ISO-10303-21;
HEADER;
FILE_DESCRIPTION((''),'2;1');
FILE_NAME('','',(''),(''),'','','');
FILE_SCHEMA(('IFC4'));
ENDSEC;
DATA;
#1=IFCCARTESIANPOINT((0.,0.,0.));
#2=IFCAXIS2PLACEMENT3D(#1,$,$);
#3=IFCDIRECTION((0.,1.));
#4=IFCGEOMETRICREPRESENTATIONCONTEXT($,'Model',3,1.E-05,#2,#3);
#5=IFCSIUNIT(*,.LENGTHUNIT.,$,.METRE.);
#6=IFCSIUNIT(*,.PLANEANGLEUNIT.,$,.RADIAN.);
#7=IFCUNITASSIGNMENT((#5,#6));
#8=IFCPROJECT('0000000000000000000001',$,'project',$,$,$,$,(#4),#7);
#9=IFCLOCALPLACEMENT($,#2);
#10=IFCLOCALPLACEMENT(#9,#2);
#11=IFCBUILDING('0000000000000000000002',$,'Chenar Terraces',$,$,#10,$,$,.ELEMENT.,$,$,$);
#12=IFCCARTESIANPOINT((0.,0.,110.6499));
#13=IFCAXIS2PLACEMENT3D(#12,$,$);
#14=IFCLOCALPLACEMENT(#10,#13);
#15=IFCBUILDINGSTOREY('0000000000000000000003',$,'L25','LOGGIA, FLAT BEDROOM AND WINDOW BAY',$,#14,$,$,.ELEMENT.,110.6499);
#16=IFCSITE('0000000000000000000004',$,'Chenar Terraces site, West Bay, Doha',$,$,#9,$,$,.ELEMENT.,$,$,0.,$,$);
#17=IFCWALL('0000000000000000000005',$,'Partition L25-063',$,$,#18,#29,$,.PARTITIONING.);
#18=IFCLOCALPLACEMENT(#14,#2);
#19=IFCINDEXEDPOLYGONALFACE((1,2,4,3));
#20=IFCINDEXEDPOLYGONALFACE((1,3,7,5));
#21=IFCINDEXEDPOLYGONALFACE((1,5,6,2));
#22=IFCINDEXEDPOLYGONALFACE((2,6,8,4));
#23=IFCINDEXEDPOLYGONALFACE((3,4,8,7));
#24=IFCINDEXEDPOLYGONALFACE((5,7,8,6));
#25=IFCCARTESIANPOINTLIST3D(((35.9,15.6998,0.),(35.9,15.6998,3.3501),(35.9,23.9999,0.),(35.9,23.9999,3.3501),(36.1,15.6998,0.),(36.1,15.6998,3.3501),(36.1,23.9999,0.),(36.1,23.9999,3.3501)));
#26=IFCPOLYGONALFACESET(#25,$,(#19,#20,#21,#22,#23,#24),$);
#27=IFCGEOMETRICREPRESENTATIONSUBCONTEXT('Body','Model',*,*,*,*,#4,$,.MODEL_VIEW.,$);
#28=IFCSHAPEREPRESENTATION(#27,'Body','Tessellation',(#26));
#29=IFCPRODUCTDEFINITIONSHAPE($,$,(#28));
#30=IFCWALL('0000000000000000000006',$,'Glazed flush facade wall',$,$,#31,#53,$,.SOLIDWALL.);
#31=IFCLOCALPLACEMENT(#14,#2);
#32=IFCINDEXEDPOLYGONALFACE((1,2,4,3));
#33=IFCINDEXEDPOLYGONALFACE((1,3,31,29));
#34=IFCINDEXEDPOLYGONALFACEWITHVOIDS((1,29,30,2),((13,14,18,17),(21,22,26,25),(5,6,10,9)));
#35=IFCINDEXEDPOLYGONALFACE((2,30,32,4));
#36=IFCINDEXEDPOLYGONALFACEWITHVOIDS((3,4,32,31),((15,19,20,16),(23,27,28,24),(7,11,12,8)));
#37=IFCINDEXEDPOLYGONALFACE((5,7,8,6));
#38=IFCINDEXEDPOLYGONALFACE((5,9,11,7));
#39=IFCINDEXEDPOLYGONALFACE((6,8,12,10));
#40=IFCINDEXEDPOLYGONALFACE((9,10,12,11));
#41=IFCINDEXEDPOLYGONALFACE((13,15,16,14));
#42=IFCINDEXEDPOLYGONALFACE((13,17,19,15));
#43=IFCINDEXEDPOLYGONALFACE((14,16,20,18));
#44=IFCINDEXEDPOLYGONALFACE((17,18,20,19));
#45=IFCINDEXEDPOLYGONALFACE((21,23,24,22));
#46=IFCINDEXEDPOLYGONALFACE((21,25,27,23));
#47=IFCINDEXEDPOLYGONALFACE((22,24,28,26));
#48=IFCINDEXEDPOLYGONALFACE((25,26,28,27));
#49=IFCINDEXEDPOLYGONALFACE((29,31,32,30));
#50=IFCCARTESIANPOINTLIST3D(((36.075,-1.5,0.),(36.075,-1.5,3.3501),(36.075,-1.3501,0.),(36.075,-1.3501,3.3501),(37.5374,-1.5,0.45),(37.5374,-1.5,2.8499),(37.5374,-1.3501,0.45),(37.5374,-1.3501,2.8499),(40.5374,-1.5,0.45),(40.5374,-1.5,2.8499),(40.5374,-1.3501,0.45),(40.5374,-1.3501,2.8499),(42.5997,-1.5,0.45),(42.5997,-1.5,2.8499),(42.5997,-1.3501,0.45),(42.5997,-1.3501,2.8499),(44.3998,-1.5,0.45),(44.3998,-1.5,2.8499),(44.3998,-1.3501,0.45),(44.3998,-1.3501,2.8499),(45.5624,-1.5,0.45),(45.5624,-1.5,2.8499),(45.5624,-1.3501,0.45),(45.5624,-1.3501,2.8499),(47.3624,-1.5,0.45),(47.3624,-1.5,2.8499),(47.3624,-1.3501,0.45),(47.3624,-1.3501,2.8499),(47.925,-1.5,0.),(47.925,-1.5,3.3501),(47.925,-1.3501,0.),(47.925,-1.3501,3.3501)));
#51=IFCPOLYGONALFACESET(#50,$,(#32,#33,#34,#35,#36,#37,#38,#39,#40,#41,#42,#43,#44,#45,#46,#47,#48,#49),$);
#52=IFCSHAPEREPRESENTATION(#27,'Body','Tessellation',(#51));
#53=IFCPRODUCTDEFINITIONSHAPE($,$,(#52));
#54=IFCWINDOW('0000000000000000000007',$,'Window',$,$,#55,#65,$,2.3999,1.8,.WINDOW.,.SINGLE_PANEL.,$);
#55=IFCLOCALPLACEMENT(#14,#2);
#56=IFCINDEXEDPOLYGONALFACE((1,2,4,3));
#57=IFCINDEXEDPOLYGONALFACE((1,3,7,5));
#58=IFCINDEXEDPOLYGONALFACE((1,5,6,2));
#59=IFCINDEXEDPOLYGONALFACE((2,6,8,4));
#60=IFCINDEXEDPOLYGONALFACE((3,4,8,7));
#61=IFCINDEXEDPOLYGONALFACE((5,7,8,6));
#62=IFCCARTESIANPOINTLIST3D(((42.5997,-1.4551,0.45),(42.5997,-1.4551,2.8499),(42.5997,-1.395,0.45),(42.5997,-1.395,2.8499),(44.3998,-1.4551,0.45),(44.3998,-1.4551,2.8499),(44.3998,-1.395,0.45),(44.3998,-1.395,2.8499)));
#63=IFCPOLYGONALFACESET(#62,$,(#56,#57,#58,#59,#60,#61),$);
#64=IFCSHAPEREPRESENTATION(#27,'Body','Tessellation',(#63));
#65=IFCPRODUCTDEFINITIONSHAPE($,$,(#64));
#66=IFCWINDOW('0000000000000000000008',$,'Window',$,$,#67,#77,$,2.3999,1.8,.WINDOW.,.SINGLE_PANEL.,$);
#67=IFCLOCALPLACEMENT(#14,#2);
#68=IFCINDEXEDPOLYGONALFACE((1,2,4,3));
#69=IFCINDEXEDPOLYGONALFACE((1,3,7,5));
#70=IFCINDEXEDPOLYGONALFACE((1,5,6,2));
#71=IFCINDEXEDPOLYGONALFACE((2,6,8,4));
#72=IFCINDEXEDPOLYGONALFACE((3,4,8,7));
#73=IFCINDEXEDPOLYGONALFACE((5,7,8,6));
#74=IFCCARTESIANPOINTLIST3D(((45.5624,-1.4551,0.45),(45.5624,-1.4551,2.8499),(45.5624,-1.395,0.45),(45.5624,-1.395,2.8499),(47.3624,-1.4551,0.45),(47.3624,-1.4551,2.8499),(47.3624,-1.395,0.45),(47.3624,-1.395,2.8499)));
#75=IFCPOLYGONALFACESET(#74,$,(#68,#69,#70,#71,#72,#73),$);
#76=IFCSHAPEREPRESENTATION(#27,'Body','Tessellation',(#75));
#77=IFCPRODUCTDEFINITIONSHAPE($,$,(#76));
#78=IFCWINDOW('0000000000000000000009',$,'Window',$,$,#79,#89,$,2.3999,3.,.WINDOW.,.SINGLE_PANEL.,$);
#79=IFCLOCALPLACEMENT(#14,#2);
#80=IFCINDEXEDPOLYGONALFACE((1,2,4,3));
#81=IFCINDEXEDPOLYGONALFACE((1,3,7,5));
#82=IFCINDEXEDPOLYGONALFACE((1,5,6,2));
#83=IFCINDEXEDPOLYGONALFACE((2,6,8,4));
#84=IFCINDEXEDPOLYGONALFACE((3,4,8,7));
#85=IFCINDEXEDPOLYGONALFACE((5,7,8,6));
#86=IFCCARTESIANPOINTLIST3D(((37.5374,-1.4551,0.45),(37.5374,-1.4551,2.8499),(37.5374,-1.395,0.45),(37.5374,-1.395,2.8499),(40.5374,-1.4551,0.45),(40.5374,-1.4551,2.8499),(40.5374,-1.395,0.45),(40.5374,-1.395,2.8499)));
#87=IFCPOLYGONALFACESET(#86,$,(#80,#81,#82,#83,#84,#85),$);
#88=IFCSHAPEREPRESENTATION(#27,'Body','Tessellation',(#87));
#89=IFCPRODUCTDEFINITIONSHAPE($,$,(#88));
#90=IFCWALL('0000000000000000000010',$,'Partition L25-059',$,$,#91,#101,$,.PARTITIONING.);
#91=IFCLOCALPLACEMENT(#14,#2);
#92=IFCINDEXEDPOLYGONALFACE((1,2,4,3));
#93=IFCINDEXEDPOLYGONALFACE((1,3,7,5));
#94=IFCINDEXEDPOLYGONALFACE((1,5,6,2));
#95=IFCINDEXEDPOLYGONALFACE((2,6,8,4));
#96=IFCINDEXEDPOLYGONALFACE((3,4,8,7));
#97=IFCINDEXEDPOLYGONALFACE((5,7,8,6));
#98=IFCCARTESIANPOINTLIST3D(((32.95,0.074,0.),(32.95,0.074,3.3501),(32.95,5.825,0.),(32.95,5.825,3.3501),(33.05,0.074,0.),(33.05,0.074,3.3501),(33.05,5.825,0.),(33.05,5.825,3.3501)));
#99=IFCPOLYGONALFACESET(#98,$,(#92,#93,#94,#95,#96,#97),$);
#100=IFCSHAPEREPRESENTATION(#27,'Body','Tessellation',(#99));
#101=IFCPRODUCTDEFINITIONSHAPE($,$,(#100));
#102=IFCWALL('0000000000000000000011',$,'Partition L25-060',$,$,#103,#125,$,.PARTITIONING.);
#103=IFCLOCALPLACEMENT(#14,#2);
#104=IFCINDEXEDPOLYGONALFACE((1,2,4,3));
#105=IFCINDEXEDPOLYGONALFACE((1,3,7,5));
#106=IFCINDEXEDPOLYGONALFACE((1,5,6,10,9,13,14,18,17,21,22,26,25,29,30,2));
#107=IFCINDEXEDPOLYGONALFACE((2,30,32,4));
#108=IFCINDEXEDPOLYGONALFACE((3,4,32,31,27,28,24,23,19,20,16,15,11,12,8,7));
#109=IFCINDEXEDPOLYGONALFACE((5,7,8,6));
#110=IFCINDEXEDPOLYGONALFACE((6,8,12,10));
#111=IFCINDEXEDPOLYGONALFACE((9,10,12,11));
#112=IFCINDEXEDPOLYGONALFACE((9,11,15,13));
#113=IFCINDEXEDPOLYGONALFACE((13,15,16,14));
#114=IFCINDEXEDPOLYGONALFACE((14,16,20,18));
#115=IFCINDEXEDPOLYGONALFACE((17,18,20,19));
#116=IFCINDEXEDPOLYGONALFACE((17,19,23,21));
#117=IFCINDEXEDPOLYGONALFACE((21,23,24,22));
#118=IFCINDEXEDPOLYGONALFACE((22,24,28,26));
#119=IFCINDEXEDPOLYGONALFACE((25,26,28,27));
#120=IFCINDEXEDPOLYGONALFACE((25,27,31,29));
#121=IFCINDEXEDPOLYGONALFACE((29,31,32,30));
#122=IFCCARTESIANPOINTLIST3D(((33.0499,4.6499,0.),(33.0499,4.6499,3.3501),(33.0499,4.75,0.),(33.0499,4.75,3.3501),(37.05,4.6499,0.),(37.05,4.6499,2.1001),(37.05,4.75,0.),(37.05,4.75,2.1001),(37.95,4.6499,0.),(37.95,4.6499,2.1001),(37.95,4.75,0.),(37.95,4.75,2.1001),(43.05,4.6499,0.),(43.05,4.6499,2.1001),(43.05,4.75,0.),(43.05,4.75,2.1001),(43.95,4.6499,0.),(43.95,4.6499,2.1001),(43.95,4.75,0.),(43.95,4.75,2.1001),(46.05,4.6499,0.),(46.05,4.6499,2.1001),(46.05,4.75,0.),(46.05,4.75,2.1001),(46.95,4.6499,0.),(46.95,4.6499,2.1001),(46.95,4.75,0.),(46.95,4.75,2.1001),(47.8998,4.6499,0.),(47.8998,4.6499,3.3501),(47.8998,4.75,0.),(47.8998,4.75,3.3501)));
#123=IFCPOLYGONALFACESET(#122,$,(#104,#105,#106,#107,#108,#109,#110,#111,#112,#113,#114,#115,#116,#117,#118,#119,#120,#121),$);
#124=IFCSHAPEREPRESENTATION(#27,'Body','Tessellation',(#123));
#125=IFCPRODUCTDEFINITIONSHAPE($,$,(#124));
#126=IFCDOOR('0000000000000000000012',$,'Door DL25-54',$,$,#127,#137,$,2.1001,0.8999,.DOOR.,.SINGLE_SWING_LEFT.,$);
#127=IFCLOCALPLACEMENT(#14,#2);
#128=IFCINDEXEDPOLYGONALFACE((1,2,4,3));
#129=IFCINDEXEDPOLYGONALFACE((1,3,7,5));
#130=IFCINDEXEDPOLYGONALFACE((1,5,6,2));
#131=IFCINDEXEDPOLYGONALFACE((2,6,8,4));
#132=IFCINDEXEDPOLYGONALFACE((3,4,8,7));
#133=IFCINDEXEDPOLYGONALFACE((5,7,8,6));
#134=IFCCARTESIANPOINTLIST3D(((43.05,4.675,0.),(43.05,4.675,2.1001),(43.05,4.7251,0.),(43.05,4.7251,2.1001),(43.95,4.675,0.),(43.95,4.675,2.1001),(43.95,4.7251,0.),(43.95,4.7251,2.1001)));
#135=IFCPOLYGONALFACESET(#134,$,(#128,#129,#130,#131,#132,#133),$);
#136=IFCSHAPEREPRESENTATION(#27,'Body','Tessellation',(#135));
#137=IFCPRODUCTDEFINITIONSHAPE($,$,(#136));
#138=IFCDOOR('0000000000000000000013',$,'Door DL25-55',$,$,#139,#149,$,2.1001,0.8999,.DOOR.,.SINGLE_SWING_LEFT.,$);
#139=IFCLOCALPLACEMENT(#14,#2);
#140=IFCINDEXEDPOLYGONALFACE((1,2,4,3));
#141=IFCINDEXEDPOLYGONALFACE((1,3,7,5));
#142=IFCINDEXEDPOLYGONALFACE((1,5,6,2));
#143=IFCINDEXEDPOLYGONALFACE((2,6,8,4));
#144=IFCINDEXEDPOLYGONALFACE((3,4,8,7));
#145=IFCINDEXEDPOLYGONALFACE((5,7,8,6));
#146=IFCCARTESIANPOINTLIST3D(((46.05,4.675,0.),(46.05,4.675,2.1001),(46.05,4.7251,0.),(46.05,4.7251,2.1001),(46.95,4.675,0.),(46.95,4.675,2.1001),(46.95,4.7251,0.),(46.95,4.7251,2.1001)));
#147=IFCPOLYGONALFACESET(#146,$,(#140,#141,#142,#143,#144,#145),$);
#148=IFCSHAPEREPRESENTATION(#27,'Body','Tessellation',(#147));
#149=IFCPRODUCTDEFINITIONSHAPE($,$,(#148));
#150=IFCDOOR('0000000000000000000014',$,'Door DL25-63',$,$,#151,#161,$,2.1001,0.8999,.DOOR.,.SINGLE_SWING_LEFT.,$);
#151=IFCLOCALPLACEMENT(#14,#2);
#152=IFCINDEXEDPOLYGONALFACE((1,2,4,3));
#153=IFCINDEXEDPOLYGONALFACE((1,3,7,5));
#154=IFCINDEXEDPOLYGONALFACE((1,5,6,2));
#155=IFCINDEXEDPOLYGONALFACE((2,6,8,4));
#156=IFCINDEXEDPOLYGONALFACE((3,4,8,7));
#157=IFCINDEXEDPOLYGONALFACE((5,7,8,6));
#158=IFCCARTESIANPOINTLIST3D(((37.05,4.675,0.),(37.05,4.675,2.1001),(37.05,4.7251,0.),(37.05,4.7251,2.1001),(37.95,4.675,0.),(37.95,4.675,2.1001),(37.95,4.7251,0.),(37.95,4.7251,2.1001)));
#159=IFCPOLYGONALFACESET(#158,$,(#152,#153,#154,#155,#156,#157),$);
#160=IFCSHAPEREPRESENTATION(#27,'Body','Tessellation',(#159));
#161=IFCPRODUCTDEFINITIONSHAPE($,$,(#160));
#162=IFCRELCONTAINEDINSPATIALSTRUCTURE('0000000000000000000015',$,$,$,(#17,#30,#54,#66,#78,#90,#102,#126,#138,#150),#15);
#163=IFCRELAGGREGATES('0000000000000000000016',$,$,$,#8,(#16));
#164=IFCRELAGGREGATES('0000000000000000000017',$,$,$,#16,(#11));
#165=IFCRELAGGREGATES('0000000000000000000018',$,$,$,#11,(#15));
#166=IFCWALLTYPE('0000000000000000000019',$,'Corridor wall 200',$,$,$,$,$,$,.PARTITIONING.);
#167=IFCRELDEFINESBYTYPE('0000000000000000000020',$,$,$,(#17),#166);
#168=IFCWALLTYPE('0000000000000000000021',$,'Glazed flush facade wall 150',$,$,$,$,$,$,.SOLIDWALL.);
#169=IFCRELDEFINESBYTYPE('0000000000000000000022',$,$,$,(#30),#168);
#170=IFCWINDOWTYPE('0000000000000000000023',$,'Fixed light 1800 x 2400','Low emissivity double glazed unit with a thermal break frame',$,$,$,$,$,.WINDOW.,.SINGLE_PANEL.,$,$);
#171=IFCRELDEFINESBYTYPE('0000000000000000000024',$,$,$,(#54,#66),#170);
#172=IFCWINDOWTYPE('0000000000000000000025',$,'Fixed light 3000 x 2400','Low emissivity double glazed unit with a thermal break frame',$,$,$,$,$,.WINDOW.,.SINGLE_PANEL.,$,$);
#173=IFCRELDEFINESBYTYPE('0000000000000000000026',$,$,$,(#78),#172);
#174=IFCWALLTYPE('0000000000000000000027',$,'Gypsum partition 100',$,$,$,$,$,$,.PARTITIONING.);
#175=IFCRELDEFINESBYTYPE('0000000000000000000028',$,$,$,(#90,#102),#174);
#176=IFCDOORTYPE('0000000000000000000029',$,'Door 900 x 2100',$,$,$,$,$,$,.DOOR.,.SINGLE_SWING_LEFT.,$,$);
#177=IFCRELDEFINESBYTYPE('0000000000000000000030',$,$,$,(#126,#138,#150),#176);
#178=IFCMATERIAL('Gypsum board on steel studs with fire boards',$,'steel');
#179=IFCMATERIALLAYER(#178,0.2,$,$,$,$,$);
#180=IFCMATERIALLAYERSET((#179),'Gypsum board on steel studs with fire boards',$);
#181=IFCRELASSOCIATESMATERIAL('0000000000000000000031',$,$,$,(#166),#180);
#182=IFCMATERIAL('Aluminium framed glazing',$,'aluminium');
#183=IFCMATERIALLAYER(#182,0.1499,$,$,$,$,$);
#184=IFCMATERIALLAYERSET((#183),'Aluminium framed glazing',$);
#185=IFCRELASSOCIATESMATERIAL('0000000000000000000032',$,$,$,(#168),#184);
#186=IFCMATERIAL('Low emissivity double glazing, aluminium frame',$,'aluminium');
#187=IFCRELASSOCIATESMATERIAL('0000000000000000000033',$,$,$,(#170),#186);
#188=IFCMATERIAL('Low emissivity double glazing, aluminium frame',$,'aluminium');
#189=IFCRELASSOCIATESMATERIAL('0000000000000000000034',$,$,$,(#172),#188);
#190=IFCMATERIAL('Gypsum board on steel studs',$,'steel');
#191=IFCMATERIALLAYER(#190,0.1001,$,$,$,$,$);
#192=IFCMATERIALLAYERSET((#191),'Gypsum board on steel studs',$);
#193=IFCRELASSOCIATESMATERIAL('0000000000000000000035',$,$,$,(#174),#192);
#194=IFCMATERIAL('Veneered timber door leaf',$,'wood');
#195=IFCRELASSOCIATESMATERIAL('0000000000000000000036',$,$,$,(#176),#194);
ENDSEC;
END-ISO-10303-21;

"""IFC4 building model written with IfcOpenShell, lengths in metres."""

from ifc_helpers import new_model, si_unit, direction, frame, frame_2d, origin, place, context, subcontext, project, spatial, rectangle, extrude, material, layer, layer_set, type_object, element, fill, save


model = new_model("IFC4")

# Units and contexts
model_context = context("Model", 3, precision=1e-05, world=origin(), true_north=direction((0.0, 1.0)))
body_context = subcontext(model_context, "Body", "Model", "MODEL_VIEW")
ifc_project = project(units=[si_unit("LENGTHUNIT", "METRE"), si_unit("PLANEANGLEUNIT", "RADIAN")], contexts=[model_context])

# Site, building, storey
site_placement = place(None, origin())
site = spatial("IfcSite", under=ifc_project, at=site_placement, Name="Chenar Terraces site, West Bay, Doha", CompositionType="ELEMENT", RefElevation=0.0)
building_placement = place(site_placement, origin())
building = spatial("IfcBuilding", under=site, at=building_placement, Name="Chenar Terraces", CompositionType="ELEMENT")
storey_placement = place(building_placement, frame((0.0, 0.0, 110.6499)))
storey = spatial("IfcBuildingStorey", under=building, at=storey_placement, Name="L25", Description="LOGGIA, FLAT BEDROOM AND WINDOW BAY", CompositionType="ELEMENT", Elevation=110.6499)

# Shared definitions
ifc_material_1 = material(Name="Gypsum board on steel studs with fire boards", Category="steel")
ifc_layer_1 = layer(ifc_material_1, 0.2)
ifc_layer_set_1 = layer_set([ifc_layer_1], Name="Gypsum board on steel studs with fire boards")
wall_type_1 = type_object("IfcWallType", Name="Corridor wall 200", PredefinedType="PARTITIONING", material=ifc_layer_set_1)

# Wall
wall_1_placement = place(storey_placement, frame((36.0, 15.7, 0.0), z_axis=(0.0, 0.0, 1.0), x_axis=(0.0, 1.0, 0.0)))
element("IfcWall", 1, at=wall_1_placement, inside=storey, type_object=wall_type_1, Name="Partition L25-063", PredefinedType="PARTITIONING", context=body_context, shape_type="SweptSolid", body=[
    extrude(rectangle(XDim=8.3, YDim=0.2, at=frame_2d((4.1499, 0.0))), origin(), (0.0, 0.0, 1.0), 3.3501),
])

# Wall, openings, windows
ifc_material_2 = material(Name="Aluminium framed glazing", Category="aluminium")
ifc_layer_2 = layer(ifc_material_2, 0.1499)
ifc_layer_set_2 = layer_set([ifc_layer_2], Name="Aluminium framed glazing")
wall_type_2 = type_object("IfcWallType", Name="Glazed flush facade wall 150", PredefinedType="SOLIDWALL", material=ifc_layer_set_2)
wall_2_placement = place(storey_placement, frame((36.075, -1.425, 0.0), z_axis=(0.0, 0.0, 1.0), x_axis=(1.0, 0.0, 0.0)))
wall_2 = element("IfcWall", 2, at=wall_2_placement, inside=storey, type_object=wall_type_2, Name="Glazed flush facade wall", PredefinedType="SOLIDWALL", context=body_context, shape_type="SweptSolid", body=[
    extrude(rectangle(XDim=11.8501, YDim=0.1499, at=frame_2d((5.925, 0.0))), origin(), (0.0, 0.0, 1.0), 3.3501),
])
opening_1_placement = place(wall_2_placement, frame((1.4624, 0.0, 0.45)))
opening_1 = element("IfcOpeningElement", 3, at=opening_1_placement, cuts=wall_2, PredefinedType="OPENING", context=body_context, shape_type="SweptSolid", body=[
    extrude(rectangle(XDim=3.0, YDim=2.3999, at=frame_2d((1.5, 1.2))), frame((0.0, 0.085, 0.0), z_axis=(0.0, -1.0, 0.0), x_axis=(1.0, 0.0, 0.0)), (0.0, 0.0, 1.0), 0.1699),
])
opening_2_placement = place(wall_2_placement, frame((6.5249, 0.0, 0.45)))
opening_2 = element("IfcOpeningElement", 4, at=opening_2_placement, cuts=wall_2, PredefinedType="OPENING", context=body_context, shape_type="SweptSolid", body=[
    extrude(rectangle(XDim=1.8, YDim=2.3999, at=frame_2d((0.8999, 1.2))), frame((0.0, 0.085, 0.0), z_axis=(0.0, -1.0, 0.0), x_axis=(1.0, 0.0, 0.0)), (0.0, 0.0, 1.0), 0.1699),
])
opening_3_placement = place(wall_2_placement, frame((9.4875, 0.0, 0.45)))
opening_3 = element("IfcOpeningElement", 5, at=opening_3_placement, cuts=wall_2, PredefinedType="OPENING", context=body_context, shape_type="SweptSolid", body=[
    extrude(rectangle(XDim=1.8, YDim=2.3999, at=frame_2d((0.8999, 1.2))), frame((0.0, 0.085, 0.0), z_axis=(0.0, -1.0, 0.0), x_axis=(1.0, 0.0, 0.0)), (0.0, 0.0, 1.0), 0.1699),
])
ifc_material_3 = material(Name="Low emissivity double glazing, aluminium frame", Category="aluminium")
window_type_1 = type_object("IfcWindowType", Name="Fixed light 1800 x 2400", Description="Low emissivity double glazed unit with a thermal break frame", PartitioningType="SINGLE_PANEL", PredefinedType="WINDOW", material=ifc_material_3)
window_1_placement = place(opening_2_placement, origin())
window_1 = element("IfcWindow", 6, at=window_1_placement, inside=storey, type_object=window_type_1, Name="Window", OverallHeight=2.3999, OverallWidth=1.8, PartitioningType="SINGLE_PANEL", PredefinedType="WINDOW", context=body_context, shape_type="SweptSolid", body=[
    extrude(rectangle(XDim=1.8, YDim=2.3999, at=frame_2d((0.8999, 1.2))), frame((0.0, 0.03, 0.0), z_axis=(0.0, -1.0, 0.0), x_axis=(1.0, 0.0, 0.0)), (0.0, 0.0, 1.0), 0.0601),
])
fill(opening_2, window_1)
window_2_placement = place(opening_3_placement, origin())
window_2 = element("IfcWindow", 7, at=window_2_placement, inside=storey, type_object=window_type_1, Name="Window", OverallHeight=2.3999, OverallWidth=1.8, PartitioningType="SINGLE_PANEL", PredefinedType="WINDOW", context=body_context, shape_type="SweptSolid", body=[
    extrude(rectangle(XDim=1.8, YDim=2.3999, at=frame_2d((0.8999, 1.2))), frame((0.0, 0.03, 0.0), z_axis=(0.0, -1.0, 0.0), x_axis=(1.0, 0.0, 0.0)), (0.0, 0.0, 1.0), 0.0601),
])
fill(opening_3, window_2)
ifc_material_4 = material(Name="Low emissivity double glazing, aluminium frame", Category="aluminium")
window_type_2 = type_object("IfcWindowType", Name="Fixed light 3000 x 2400", Description="Low emissivity double glazed unit with a thermal break frame", PartitioningType="SINGLE_PANEL", PredefinedType="WINDOW", material=ifc_material_4)
window_3_placement = place(opening_1_placement, origin())
window_3 = element("IfcWindow", 8, at=window_3_placement, inside=storey, type_object=window_type_2, Name="Window", OverallHeight=2.3999, OverallWidth=3.0, PartitioningType="SINGLE_PANEL", PredefinedType="WINDOW", context=body_context, shape_type="SweptSolid", body=[
    extrude(rectangle(XDim=3.0, YDim=2.3999, at=frame_2d((1.5, 1.2))), frame((0.0, 0.03, 0.0), z_axis=(0.0, -1.0, 0.0), x_axis=(1.0, 0.0, 0.0)), (0.0, 0.0, 1.0), 0.0601),
])
fill(opening_1, window_3)

# Wall
ifc_material_5 = material(Name="Gypsum board on steel studs", Category="steel")
ifc_layer_3 = layer(ifc_material_5, 0.1001)
ifc_layer_set_3 = layer_set([ifc_layer_3], Name="Gypsum board on steel studs")
wall_type_3 = type_object("IfcWallType", Name="Gypsum partition 100", PredefinedType="PARTITIONING", material=ifc_layer_set_3)
wall_3_placement = place(storey_placement, frame((33.0, 0.074, 0.0), z_axis=(0.0, 0.0, 1.0), x_axis=(0.0, 1.0, 0.0)))
element("IfcWall", 9, at=wall_3_placement, inside=storey, type_object=wall_type_3, Name="Partition L25-059", PredefinedType="PARTITIONING", context=body_context, shape_type="SweptSolid", body=[
    extrude(rectangle(XDim=5.751, YDim=0.1001, at=frame_2d((2.8755, 0.0))), origin(), (0.0, 0.0, 1.0), 3.3501),
])

# Wall, openings, doors
wall_4_placement = place(storey_placement, frame((33.05, 4.7, 0.0), z_axis=(0.0, 0.0, 1.0), x_axis=(1.0, 0.0, 0.0)))
wall_4 = element("IfcWall", 10, at=wall_4_placement, inside=storey, type_object=wall_type_3, Name="Partition L25-060", PredefinedType="PARTITIONING", context=body_context, shape_type="SweptSolid", body=[
    extrude(rectangle(XDim=14.8499, YDim=0.1001, at=frame_2d((7.4248, 0.0))), origin(), (0.0, 0.0, 1.0), 3.3501),
])
opening_4_placement = place(wall_4_placement, frame((10.0, 0.0, 0.0)))
opening_4 = element("IfcOpeningElement", 11, at=opening_4_placement, cuts=wall_4, PredefinedType="OPENING", context=body_context, shape_type="SweptSolid", body=[
    extrude(rectangle(XDim=0.8999, YDim=2.1001, at=frame_2d((0.45, 1.05))), frame((0.0, 0.0601, 0.0), z_axis=(0.0, -1.0, 0.0), x_axis=(1.0, 0.0, 0.0)), (0.0, 0.0, 1.0), 0.1201),
])
opening_5_placement = place(wall_4_placement, frame((13.0, 0.0, 0.0)))
opening_5 = element("IfcOpeningElement", 12, at=opening_5_placement, cuts=wall_4, PredefinedType="OPENING", context=body_context, shape_type="SweptSolid", body=[
    extrude(rectangle(XDim=0.8999, YDim=2.1001, at=frame_2d((0.45, 1.05))), frame((0.0, 0.0601, 0.0), z_axis=(0.0, -1.0, 0.0), x_axis=(1.0, 0.0, 0.0)), (0.0, 0.0, 1.0), 0.1201),
])
opening_6_placement = place(wall_4_placement, frame((4.0, 0.0, 0.0)))
opening_6 = element("IfcOpeningElement", 13, at=opening_6_placement, cuts=wall_4, PredefinedType="OPENING", context=body_context, shape_type="SweptSolid", body=[
    extrude(rectangle(XDim=0.8999, YDim=2.1001, at=frame_2d((0.45, 1.05))), frame((0.0, 0.0601, 0.0), z_axis=(0.0, -1.0, 0.0), x_axis=(1.0, 0.0, 0.0)), (0.0, 0.0, 1.0), 0.1201),
])
ifc_material_6 = material(Name="Veneered timber door leaf", Category="wood")
door_type_1 = type_object("IfcDoorType", Name="Door 900 x 2100", OperationType="SINGLE_SWING_LEFT", PredefinedType="DOOR", material=ifc_material_6)
door_1_placement = place(opening_4_placement, frame((0.8999, 0.0, 0.0), z_axis=(0.0, 0.0, 1.0), x_axis=(-1.0, 0.0, 0.0)))
door_1 = element("IfcDoor", 14, at=door_1_placement, inside=storey, type_object=door_type_1, Name="Door DL25-54", OperationType="SINGLE_SWING_LEFT", OverallHeight=2.1001, OverallWidth=0.8999, PredefinedType="DOOR", context=body_context, shape_type="SweptSolid", body=[
    extrude(rectangle(XDim=0.8999, YDim=2.1001, at=frame_2d((0.45, 1.05))), frame((0.0, 0.0249, 0.0), z_axis=(0.0, -1.0, 0.0), x_axis=(1.0, 0.0, 0.0)), (0.0, 0.0, 1.0), 0.05),
])
fill(opening_4, door_1)
door_2_placement = place(opening_5_placement, frame((0.8999, 0.0, 0.0), z_axis=(0.0, 0.0, 1.0), x_axis=(-1.0, 0.0, 0.0)))
door_2 = element("IfcDoor", 15, at=door_2_placement, inside=storey, type_object=door_type_1, Name="Door DL25-55", OperationType="SINGLE_SWING_LEFT", OverallHeight=2.1001, OverallWidth=0.8999, PredefinedType="DOOR", context=body_context, shape_type="SweptSolid", body=[
    extrude(rectangle(XDim=0.8999, YDim=2.1001, at=frame_2d((0.45, 1.05))), frame((0.0, 0.0249, 0.0), z_axis=(0.0, -1.0, 0.0), x_axis=(1.0, 0.0, 0.0)), (0.0, 0.0, 1.0), 0.05),
])
fill(opening_5, door_2)
door_3_placement = place(opening_6_placement, frame((0.8999, 0.0, 0.0), z_axis=(0.0, 0.0, 1.0), x_axis=(-1.0, 0.0, 0.0)))
door_3 = element("IfcDoor", 16, at=door_3_placement, inside=storey, type_object=door_type_1, Name="Door DL25-63", OperationType="SINGLE_SWING_LEFT", OverallHeight=2.1001, OverallWidth=0.8999, PredefinedType="DOOR", context=body_context, shape_type="SweptSolid", body=[
    extrude(rectangle(XDim=0.8999, YDim=2.1001, at=frame_2d((0.45, 1.05))), frame((0.0, 0.0249, 0.0), z_axis=(0.0, -1.0, 0.0), x_axis=(1.0, 0.0, 0.0)), (0.0, 0.0, 1.0), 0.05),
])
fill(opening_6, door_3)

save(model, "model.ifc")
